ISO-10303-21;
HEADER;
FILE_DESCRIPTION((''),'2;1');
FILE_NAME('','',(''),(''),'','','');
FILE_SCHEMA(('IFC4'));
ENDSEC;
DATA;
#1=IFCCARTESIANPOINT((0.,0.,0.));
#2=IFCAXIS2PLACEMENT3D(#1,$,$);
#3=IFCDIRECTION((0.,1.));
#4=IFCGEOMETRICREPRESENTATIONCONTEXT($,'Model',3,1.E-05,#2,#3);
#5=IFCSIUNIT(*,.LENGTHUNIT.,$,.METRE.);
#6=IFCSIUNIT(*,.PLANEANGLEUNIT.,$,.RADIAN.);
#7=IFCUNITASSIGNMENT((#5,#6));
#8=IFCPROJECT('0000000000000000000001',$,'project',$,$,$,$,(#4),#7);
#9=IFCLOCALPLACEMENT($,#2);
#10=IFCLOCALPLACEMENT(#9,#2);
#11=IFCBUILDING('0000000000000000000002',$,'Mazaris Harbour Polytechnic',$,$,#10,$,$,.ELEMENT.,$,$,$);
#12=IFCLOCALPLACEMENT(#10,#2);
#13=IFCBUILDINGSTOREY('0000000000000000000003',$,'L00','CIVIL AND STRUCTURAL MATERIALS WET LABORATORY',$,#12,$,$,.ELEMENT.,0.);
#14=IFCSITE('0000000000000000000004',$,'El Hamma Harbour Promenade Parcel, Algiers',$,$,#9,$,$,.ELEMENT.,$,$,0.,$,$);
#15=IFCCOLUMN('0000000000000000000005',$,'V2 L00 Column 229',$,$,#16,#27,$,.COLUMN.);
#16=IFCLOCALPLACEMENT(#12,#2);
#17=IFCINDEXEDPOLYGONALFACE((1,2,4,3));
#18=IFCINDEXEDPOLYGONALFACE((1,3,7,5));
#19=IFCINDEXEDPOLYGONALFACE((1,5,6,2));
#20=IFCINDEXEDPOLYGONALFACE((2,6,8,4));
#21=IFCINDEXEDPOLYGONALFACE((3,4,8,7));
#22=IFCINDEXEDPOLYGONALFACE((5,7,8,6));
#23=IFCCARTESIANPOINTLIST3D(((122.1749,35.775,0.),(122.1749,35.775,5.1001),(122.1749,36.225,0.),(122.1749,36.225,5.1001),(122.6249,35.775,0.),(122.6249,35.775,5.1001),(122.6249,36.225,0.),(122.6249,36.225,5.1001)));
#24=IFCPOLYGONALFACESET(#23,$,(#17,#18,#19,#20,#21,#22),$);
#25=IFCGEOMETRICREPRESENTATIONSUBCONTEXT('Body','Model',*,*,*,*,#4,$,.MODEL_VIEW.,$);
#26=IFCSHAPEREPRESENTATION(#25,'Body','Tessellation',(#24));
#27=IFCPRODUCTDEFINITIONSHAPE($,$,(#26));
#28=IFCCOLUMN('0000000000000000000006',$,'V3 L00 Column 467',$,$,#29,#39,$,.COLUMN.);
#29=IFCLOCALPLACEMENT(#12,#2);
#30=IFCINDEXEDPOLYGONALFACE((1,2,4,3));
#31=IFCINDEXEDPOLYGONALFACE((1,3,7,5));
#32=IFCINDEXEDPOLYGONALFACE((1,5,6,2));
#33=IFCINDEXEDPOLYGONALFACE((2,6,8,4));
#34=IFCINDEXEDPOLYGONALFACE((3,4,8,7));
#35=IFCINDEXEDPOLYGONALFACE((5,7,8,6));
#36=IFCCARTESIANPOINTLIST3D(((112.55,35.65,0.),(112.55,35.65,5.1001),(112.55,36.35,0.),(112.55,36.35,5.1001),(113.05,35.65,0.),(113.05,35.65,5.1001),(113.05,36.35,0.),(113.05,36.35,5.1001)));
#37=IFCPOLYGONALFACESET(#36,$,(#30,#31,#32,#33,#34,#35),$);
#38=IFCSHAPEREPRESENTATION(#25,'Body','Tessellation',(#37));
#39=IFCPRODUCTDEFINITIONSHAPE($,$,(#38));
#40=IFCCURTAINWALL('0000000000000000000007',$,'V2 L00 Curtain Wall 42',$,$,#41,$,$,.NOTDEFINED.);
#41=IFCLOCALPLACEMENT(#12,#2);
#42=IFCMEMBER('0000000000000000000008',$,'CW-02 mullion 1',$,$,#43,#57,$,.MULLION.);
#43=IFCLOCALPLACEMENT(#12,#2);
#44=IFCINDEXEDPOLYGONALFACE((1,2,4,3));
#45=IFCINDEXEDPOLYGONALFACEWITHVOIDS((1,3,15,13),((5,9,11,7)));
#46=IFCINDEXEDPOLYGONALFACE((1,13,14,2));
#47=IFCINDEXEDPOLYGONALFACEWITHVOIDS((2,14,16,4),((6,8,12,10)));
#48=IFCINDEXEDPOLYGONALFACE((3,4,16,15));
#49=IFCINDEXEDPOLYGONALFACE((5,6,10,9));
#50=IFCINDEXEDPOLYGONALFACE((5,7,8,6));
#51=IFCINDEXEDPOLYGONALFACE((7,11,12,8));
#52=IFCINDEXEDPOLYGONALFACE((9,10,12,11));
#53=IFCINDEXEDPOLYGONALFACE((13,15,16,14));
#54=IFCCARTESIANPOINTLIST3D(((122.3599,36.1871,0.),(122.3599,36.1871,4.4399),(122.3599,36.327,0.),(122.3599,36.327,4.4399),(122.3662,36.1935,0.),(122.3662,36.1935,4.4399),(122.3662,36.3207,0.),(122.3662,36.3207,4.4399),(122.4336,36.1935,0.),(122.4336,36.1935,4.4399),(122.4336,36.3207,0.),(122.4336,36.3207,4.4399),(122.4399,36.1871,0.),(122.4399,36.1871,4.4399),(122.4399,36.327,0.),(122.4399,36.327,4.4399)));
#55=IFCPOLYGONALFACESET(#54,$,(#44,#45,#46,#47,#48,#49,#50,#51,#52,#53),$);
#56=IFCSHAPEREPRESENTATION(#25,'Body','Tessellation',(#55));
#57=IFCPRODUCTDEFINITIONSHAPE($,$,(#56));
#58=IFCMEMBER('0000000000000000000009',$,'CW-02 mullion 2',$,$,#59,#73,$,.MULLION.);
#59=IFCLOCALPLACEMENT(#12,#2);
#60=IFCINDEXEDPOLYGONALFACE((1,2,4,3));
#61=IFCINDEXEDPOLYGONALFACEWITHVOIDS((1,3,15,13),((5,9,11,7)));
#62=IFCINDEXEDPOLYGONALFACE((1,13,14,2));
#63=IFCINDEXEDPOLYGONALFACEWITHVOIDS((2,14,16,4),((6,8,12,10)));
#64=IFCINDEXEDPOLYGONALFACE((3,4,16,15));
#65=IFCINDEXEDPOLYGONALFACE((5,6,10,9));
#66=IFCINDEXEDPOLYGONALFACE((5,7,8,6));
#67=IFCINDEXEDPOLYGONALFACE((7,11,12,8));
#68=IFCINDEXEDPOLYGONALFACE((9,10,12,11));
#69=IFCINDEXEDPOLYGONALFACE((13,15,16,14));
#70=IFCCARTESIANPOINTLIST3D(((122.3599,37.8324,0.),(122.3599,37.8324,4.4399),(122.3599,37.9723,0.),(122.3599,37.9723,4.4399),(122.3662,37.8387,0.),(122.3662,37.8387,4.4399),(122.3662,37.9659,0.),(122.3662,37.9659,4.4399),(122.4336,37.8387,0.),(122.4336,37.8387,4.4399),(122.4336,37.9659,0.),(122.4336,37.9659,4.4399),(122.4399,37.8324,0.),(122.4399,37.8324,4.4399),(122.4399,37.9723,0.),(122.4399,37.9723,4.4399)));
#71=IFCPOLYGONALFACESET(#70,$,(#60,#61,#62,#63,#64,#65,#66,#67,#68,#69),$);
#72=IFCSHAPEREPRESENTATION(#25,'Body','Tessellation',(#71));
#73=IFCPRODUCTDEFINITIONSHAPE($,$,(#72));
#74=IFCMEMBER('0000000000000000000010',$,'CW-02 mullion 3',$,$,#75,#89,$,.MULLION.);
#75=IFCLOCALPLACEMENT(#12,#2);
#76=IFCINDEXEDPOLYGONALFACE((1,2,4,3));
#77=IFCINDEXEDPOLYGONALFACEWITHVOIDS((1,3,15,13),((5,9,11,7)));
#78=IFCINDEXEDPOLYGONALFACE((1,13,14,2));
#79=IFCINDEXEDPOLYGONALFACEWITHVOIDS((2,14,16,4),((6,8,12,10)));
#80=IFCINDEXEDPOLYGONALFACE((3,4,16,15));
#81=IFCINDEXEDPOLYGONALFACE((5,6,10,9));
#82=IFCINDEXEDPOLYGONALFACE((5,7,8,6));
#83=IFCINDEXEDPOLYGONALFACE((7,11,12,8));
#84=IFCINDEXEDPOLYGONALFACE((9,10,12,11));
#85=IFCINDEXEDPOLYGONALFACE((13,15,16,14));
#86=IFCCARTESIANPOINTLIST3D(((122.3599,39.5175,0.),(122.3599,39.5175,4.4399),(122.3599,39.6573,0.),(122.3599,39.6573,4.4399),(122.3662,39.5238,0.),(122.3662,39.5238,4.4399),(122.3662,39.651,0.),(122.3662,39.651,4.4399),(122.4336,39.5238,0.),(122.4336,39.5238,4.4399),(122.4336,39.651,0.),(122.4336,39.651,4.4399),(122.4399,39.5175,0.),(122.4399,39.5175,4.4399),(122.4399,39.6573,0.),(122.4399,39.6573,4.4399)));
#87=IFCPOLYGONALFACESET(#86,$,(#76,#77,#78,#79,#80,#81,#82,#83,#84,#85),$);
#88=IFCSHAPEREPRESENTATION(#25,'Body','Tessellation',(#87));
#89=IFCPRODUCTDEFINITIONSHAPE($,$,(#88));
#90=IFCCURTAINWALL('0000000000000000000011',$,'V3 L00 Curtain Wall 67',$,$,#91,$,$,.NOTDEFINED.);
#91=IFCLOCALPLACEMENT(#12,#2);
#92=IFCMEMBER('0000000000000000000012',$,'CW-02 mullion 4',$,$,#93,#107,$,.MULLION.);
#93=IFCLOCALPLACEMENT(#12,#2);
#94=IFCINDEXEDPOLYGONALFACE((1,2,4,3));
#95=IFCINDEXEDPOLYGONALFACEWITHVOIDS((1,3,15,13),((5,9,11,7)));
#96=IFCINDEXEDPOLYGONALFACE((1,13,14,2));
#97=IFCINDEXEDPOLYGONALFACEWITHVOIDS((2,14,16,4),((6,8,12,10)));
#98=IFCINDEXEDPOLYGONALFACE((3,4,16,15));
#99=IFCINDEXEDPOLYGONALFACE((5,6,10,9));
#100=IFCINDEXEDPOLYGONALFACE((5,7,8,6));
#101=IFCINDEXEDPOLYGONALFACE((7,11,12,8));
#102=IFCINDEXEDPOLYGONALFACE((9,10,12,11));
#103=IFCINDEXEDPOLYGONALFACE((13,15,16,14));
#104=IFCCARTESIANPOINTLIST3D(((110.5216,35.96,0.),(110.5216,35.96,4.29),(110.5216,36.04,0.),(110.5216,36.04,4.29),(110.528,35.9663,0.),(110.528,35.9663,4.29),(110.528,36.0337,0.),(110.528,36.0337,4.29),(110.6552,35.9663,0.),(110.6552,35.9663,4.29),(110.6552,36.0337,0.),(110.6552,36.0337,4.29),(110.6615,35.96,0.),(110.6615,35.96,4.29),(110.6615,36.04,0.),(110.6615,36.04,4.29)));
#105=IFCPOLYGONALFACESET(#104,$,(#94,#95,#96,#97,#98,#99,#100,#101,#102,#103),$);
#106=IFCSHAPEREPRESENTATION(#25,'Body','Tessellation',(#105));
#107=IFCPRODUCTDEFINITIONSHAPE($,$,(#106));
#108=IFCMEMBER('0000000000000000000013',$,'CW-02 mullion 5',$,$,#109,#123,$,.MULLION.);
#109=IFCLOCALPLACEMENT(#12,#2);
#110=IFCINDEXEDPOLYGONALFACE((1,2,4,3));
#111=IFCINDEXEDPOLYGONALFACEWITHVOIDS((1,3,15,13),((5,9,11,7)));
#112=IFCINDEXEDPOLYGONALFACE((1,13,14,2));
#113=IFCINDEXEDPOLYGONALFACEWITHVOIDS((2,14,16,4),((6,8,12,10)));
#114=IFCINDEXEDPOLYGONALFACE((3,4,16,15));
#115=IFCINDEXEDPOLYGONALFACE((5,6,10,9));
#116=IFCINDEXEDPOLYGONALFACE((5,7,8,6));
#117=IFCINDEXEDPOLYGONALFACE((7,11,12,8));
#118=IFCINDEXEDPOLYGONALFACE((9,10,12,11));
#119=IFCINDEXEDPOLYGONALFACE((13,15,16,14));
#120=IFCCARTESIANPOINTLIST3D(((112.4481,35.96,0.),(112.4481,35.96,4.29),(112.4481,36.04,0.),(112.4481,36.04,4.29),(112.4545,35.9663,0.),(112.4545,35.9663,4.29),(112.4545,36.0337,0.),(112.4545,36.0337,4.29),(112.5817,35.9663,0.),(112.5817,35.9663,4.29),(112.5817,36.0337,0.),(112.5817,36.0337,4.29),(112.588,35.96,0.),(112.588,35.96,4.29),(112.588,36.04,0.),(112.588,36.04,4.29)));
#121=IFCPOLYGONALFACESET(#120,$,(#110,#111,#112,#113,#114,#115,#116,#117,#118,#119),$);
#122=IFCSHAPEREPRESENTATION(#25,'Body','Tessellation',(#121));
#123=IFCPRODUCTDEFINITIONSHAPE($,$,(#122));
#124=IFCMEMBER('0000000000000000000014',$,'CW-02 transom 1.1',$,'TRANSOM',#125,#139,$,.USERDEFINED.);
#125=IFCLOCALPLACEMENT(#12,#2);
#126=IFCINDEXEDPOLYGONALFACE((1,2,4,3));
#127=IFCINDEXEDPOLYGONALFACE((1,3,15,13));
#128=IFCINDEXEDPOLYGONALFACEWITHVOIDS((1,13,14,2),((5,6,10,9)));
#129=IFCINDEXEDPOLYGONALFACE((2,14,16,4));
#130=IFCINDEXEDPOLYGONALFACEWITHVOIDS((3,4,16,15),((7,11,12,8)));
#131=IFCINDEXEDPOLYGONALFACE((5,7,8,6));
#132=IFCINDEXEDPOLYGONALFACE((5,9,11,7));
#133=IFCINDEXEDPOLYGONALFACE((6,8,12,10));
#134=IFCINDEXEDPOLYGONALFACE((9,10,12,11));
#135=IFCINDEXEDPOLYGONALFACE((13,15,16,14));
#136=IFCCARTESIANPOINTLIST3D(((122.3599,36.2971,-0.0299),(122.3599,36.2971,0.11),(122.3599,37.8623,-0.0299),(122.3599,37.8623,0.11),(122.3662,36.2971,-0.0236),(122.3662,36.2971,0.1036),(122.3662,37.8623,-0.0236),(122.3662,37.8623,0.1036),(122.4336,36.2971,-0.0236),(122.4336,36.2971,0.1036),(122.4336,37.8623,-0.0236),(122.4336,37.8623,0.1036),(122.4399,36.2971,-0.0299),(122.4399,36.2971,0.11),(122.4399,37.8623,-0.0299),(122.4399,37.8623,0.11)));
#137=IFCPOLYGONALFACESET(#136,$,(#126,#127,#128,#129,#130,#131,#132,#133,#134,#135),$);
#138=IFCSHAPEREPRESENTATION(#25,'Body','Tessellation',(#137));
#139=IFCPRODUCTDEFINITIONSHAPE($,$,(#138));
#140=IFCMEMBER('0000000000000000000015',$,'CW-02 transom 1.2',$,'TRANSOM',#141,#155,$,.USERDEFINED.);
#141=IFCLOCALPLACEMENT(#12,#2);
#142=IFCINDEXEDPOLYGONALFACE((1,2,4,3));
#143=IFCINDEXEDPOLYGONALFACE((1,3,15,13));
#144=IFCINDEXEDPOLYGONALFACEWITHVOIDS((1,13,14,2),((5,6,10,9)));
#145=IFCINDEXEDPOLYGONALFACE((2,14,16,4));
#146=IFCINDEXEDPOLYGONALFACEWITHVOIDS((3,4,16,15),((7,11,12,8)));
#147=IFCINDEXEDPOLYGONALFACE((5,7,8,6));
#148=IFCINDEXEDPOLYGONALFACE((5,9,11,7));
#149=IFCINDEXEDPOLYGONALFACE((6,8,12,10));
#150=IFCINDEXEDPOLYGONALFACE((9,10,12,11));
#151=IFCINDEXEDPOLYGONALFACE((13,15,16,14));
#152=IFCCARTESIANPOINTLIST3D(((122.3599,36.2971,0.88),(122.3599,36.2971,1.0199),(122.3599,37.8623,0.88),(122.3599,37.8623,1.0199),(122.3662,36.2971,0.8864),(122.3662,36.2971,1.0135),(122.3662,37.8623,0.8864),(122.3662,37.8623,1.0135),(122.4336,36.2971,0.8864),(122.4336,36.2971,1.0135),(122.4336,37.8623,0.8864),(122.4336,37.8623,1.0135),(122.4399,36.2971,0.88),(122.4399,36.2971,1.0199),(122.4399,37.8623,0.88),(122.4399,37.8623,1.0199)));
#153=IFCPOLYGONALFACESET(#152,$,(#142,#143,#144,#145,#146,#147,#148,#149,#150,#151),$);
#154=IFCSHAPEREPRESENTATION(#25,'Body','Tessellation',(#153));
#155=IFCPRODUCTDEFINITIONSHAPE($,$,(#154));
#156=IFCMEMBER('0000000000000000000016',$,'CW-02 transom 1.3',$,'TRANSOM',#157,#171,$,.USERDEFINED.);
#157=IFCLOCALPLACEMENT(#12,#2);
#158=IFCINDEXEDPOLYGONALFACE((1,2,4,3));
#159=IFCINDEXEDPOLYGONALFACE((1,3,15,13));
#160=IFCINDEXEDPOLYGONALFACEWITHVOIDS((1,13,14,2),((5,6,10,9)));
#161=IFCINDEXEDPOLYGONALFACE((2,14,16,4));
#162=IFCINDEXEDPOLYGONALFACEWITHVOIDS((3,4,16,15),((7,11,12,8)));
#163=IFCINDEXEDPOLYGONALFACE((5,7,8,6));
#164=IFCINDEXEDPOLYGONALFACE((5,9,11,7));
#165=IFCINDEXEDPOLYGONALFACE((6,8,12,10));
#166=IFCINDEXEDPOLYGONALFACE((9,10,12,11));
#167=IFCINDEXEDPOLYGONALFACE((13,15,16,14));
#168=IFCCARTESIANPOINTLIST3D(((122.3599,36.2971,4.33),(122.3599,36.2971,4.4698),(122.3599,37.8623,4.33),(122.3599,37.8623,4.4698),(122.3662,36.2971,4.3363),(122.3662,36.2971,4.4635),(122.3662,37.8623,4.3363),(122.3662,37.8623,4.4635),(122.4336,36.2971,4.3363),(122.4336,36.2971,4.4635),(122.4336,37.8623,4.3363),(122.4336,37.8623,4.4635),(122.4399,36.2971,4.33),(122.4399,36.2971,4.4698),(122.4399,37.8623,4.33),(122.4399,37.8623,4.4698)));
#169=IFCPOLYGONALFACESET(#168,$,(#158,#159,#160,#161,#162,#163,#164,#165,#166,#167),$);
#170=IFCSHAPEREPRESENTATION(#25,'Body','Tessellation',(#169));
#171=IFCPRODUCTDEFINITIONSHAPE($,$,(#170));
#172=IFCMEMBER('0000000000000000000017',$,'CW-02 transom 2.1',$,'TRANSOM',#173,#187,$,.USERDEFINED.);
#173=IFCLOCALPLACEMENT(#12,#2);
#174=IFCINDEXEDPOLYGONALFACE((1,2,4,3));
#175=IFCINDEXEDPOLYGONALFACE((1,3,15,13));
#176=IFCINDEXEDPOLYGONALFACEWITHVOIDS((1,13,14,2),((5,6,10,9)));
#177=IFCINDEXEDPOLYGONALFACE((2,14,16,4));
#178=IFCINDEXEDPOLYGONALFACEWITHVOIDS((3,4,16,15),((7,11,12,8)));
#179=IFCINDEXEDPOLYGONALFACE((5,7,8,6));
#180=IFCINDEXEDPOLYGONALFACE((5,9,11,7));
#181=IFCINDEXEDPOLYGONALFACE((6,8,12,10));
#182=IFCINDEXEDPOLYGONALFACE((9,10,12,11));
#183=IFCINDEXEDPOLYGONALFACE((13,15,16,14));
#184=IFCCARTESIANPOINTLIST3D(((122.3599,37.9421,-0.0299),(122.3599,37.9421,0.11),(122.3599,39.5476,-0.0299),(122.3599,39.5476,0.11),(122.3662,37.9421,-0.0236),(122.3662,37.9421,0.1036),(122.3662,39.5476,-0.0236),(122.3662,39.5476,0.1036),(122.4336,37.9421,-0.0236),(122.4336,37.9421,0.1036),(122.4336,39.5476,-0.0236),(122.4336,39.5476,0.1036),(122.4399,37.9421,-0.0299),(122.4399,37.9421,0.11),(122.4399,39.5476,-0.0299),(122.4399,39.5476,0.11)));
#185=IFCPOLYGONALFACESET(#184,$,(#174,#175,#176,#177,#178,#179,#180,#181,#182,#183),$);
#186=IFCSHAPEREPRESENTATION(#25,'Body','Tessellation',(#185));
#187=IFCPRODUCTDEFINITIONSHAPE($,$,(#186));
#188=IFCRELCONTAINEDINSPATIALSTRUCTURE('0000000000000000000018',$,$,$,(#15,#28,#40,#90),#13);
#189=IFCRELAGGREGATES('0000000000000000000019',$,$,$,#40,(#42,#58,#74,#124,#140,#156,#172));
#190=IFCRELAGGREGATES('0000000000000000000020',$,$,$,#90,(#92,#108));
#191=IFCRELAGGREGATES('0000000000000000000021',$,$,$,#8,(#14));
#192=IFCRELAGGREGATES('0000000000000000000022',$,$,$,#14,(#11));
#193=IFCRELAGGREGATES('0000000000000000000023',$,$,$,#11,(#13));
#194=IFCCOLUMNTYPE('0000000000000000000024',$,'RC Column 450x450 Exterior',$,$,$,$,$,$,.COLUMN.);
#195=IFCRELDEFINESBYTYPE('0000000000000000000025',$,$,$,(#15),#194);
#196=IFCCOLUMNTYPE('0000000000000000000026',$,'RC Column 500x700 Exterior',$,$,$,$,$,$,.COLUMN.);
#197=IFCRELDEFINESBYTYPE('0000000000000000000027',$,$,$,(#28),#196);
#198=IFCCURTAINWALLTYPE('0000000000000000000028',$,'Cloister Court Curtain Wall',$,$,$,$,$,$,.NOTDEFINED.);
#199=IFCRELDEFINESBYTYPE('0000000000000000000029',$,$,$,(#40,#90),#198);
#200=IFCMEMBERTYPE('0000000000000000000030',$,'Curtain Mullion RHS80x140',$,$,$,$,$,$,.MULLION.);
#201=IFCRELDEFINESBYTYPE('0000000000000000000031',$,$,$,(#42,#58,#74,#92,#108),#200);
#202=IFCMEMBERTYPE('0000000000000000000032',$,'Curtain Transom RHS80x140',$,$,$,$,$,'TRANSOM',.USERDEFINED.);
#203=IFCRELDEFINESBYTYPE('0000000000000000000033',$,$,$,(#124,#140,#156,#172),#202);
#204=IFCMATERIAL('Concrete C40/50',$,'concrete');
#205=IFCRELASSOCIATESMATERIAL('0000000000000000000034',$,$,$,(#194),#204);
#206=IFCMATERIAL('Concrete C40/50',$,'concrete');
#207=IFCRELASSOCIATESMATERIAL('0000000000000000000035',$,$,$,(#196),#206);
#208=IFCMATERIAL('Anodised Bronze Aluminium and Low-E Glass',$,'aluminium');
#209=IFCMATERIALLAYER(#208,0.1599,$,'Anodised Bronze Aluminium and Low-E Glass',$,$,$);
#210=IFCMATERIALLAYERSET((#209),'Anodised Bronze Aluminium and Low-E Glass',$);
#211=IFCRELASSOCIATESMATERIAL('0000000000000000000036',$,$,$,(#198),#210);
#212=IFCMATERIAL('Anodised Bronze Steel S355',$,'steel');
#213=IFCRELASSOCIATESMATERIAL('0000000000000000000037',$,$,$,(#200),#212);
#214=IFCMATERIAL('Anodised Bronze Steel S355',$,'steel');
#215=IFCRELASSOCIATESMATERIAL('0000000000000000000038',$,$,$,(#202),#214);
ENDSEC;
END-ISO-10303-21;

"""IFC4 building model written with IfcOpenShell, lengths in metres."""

from ifc_helpers import new_model, si_unit, direction, frame, origin, origin_2d, place, context, subcontext, project, spatial, rectangle, hollow_rectangle, extrude, material, layer, layer_set, material_profile, profile_set, type_object, element, aggregate, save


model = new_model("IFC4")

# Units and contexts
model_context = context("Model", 3, precision=1e-05, world=origin(), true_north=direction((0.0, 1.0)))
body_context = subcontext(model_context, "Body", "Model", "MODEL_VIEW")
ifc_project = project(units=[si_unit("LENGTHUNIT", "METRE"), si_unit("PLANEANGLEUNIT", "RADIAN")], contexts=[model_context])

# Site, building, storey
site_placement = place(None, origin())
site = spatial("IfcSite", under=ifc_project, at=site_placement, Name="El Hamma Harbour Promenade Parcel, Algiers", CompositionType="ELEMENT", RefElevation=0.0)
building_placement = place(site_placement, origin())
building = spatial("IfcBuilding", under=site, at=building_placement, Name="Mazaris Harbour Polytechnic", CompositionType="ELEMENT")
storey_placement = place(building_placement, origin())
storey = spatial("IfcBuildingStorey", under=building, at=storey_placement, Name="L00", Description="CIVIL AND STRUCTURAL MATERIALS WET LABORATORY", CompositionType="ELEMENT", Elevation=0.0)

# Columns
ifc_material_1 = material(Name="Concrete C40/50", Category="concrete")
ifc_material_profile_1 = material_profile(ifc_material_1, rectangle(XDim=0.45, YDim=0.45, at=origin_2d()), Name="RECT450x450")
ifc_profile_set_1 = profile_set([ifc_material_profile_1], Name="Concrete C40/50")
column_type_1 = type_object("IfcColumnType", Name="RC Column 450x450 Exterior", PredefinedType="COLUMN", material=ifc_profile_set_1)
column_1_placement = place(storey_placement, frame((122.3999, 36.0, 0.0), z_axis=(0.0, 0.0, 1.0), x_axis=(1.0, 0.0, 0.0)))
element("IfcColumn", 1, at=column_1_placement, inside=storey, type_object=column_type_1, Name="V2 L00 Column 229", PredefinedType="COLUMN", context=body_context, shape_type="SweptSolid", body=[
    extrude(rectangle(XDim=0.45, YDim=0.45, at=origin_2d()), origin(), (0.0, 0.0, 1.0), 5.1001),
])
ifc_material_2 = material(Name="Concrete C40/50", Category="concrete")
ifc_material_profile_2 = material_profile(ifc_material_2, rectangle(XDim=0.5, YDim=0.7, at=origin_2d()), Name="RECT500x700")
ifc_profile_set_2 = profile_set([ifc_material_profile_2], Name="Concrete C40/50")
column_type_2 = type_object("IfcColumnType", Name="RC Column 500x700 Exterior", PredefinedType="COLUMN", material=ifc_profile_set_2)
column_2_placement = place(storey_placement, frame((112.8, 36.0, 0.0), z_axis=(0.0, 0.0, 1.0), x_axis=(1.0, 0.0, 0.0)))
element("IfcColumn", 2, at=column_2_placement, inside=storey, type_object=column_type_2, Name="V3 L00 Column 467", PredefinedType="COLUMN", context=body_context, shape_type="SweptSolid", body=[
    extrude(rectangle(XDim=0.5, YDim=0.7, at=origin_2d()), origin(), (0.0, 0.0, 1.0), 5.1001),
])

# Curtain walls, members
ifc_material_3 = material(Name="Anodised Bronze Aluminium and Low-E Glass", Category="aluminium")
ifc_layer_1 = layer(ifc_material_3, 0.1599, Name="Anodised Bronze Aluminium and Low-E Glass")
ifc_layer_set_1 = layer_set([ifc_layer_1], Name="Anodised Bronze Aluminium and Low-E Glass")
curtain_wall_type = type_object("IfcCurtainWallType", Name="Cloister Court Curtain Wall", PredefinedType="NOTDEFINED", material=ifc_layer_set_1)
curtain_wall_1_placement = place(storey_placement, origin())
curtain_wall_1 = element("IfcCurtainWall", 3, at=curtain_wall_1_placement, inside=storey, type_object=curtain_wall_type, Name="V2 L00 Curtain Wall 42", PredefinedType="NOTDEFINED")
ifc_material_4 = material(Name="Anodised Bronze Steel S355", Category="steel")
ifc_material_profile_3 = material_profile(ifc_material_4, hollow_rectangle(XDim=0.0801, YDim=0.1399, WallThickness=0.0063, at=origin_2d()), Name="RHS 80x140x6.3")
ifc_profile_set_3 = profile_set([ifc_material_profile_3], Name="Anodised Bronze Steel S355")
member_type_1 = type_object("IfcMemberType", Name="Curtain Mullion RHS80x140", PredefinedType="MULLION", material=ifc_profile_set_3)
member_1_placement = place(storey_placement, frame((122.3999, 36.2571, 0.0), z_axis=(0.0, 0.0, 1.0), x_axis=(-1.0, 0.0, 0.0)))
member_1 = element("IfcMember", 4, at=member_1_placement, type_object=member_type_1, Name="CW-02 mullion 1", PredefinedType="MULLION", context=body_context, shape_type="SweptSolid", body=[
    extrude(hollow_rectangle(XDim=0.0801, YDim=0.1399, WallThickness=0.0063, at=origin_2d()), origin(), (0.0, 0.0, 1.0), 4.4399),
])
member_2_placement = place(storey_placement, frame((122.3999, 37.9023, 0.0), z_axis=(0.0, 0.0, 1.0), x_axis=(-1.0, 0.0, 0.0)))
member_2 = element("IfcMember", 5, at=member_2_placement, type_object=member_type_1, Name="CW-02 mullion 2", PredefinedType="MULLION", context=body_context, shape_type="SweptSolid", body=[
    extrude(hollow_rectangle(XDim=0.0801, YDim=0.1399, WallThickness=0.0063, at=origin_2d()), origin(), (0.0, 0.0, 1.0), 4.4399),
])
member_3_placement = place(storey_placement, frame((122.3999, 39.5874, 0.0), z_axis=(0.0, 0.0, 1.0), x_axis=(-1.0, 0.0, 0.0)))
member_3 = element("IfcMember", 6, at=member_3_placement, type_object=member_type_1, Name="CW-02 mullion 3", PredefinedType="MULLION", context=body_context, shape_type="SweptSolid", body=[
    extrude(hollow_rectangle(XDim=0.0801, YDim=0.1399, WallThickness=0.0063, at=origin_2d()), origin(), (0.0, 0.0, 1.0), 4.4399),
])
curtain_wall_2_placement = place(storey_placement, origin())
curtain_wall_2 = element("IfcCurtainWall", 7, at=curtain_wall_2_placement, inside=storey, type_object=curtain_wall_type, Name="V3 L00 Curtain Wall 67", PredefinedType="NOTDEFINED")
member_4_placement = place(storey_placement, frame((110.5916, 36.0, 0.0), z_axis=(0.0, 0.0, 1.0), x_axis=(0.0, 1.0, 0.0)))
member_4 = element("IfcMember", 8, at=member_4_placement, type_object=member_type_1, Name="CW-02 mullion 4", PredefinedType="MULLION", context=body_context, shape_type="SweptSolid", body=[
    extrude(hollow_rectangle(XDim=0.0801, YDim=0.1399, WallThickness=0.0063, at=origin_2d()), origin(), (0.0, 0.0, 1.0), 4.29),
])
member_5_placement = place(storey_placement, frame((112.5181, 36.0, 0.0), z_axis=(0.0, 0.0, 1.0), x_axis=(0.0, 1.0, 0.0)))
member_5 = element("IfcMember", 9, at=member_5_placement, type_object=member_type_1, Name="CW-02 mullion 5", PredefinedType="MULLION", context=body_context, shape_type="SweptSolid", body=[
    extrude(hollow_rectangle(XDim=0.0801, YDim=0.1399, WallThickness=0.0063, at=origin_2d()), origin(), (0.0, 0.0, 1.0), 4.29),
])

# Members
ifc_material_5 = material(Name="Anodised Bronze Steel S355", Category="steel")
ifc_material_profile_4 = material_profile(ifc_material_5, hollow_rectangle(XDim=0.0801, YDim=0.1399, WallThickness=0.0063, at=origin_2d()), Name="RHS 80x140x6.3")
ifc_profile_set_4 = profile_set([ifc_material_profile_4], Name="Anodised Bronze Steel S355")
member_type_2 = type_object("IfcMemberType", Name="Curtain Transom RHS80x140", ElementType="TRANSOM", PredefinedType="USERDEFINED", material=ifc_profile_set_4)
member_6_placement = place(storey_placement, frame((122.3999, 36.2971, 0.04), z_axis=(0.0, 1.0, 0.0), x_axis=(-1.0, 0.0, 0.0)))
member_6 = element("IfcMember", 10, at=member_6_placement, type_object=member_type_2, Name="CW-02 transom 1.1", ObjectType="TRANSOM", PredefinedType="USERDEFINED", context=body_context, shape_type="SweptSolid", body=[
    extrude(hollow_rectangle(XDim=0.0801, YDim=0.1399, WallThickness=0.0063, at=origin_2d()), origin(), (0.0, 0.0, 1.0), 1.5652),
])
member_7_placement = place(storey_placement, frame((122.3999, 36.2971, 0.95), z_axis=(0.0, 1.0, 0.0), x_axis=(-1.0, 0.0, 0.0)))
member_7 = element("IfcMember", 11, at=member_7_placement, type_object=member_type_2, Name="CW-02 transom 1.2", ObjectType="TRANSOM", PredefinedType="USERDEFINED", context=body_context, shape_type="SweptSolid", body=[
    extrude(hollow_rectangle(XDim=0.0801, YDim=0.1399, WallThickness=0.0063, at=origin_2d()), origin(), (0.0, 0.0, 1.0), 1.5652),
])
member_8_placement = place(storey_placement, frame((122.3999, 36.2971, 4.3999), z_axis=(0.0, 1.0, 0.0), x_axis=(-1.0, 0.0, 0.0)))
member_8 = element("IfcMember", 12, at=member_8_placement, type_object=member_type_2, Name="CW-02 transom 1.3", ObjectType="TRANSOM", PredefinedType="USERDEFINED", context=body_context, shape_type="SweptSolid", body=[
    extrude(hollow_rectangle(XDim=0.0801, YDim=0.1399, WallThickness=0.0063, at=origin_2d()), origin(), (0.0, 0.0, 1.0), 1.5652),
])
member_9_placement = place(storey_placement, frame((122.3999, 37.9421, 0.04), z_axis=(0.0, 1.0, 0.0), x_axis=(-1.0, 0.0, 0.0)))
member_9 = element("IfcMember", 13, at=member_9_placement, type_object=member_type_2, Name="CW-02 transom 2.1", ObjectType="TRANSOM", PredefinedType="USERDEFINED", context=body_context, shape_type="SweptSolid", body=[
    extrude(hollow_rectangle(XDim=0.0801, YDim=0.1399, WallThickness=0.0063, at=origin_2d()), origin(), (0.0, 0.0, 1.0), 1.6055),
])

aggregate(curtain_wall_1, [member_1, member_2, member_3, member_6, member_7, member_8, member_9])
aggregate(curtain_wall_2, [member_4, member_5])

save(model, "model.ifc")
